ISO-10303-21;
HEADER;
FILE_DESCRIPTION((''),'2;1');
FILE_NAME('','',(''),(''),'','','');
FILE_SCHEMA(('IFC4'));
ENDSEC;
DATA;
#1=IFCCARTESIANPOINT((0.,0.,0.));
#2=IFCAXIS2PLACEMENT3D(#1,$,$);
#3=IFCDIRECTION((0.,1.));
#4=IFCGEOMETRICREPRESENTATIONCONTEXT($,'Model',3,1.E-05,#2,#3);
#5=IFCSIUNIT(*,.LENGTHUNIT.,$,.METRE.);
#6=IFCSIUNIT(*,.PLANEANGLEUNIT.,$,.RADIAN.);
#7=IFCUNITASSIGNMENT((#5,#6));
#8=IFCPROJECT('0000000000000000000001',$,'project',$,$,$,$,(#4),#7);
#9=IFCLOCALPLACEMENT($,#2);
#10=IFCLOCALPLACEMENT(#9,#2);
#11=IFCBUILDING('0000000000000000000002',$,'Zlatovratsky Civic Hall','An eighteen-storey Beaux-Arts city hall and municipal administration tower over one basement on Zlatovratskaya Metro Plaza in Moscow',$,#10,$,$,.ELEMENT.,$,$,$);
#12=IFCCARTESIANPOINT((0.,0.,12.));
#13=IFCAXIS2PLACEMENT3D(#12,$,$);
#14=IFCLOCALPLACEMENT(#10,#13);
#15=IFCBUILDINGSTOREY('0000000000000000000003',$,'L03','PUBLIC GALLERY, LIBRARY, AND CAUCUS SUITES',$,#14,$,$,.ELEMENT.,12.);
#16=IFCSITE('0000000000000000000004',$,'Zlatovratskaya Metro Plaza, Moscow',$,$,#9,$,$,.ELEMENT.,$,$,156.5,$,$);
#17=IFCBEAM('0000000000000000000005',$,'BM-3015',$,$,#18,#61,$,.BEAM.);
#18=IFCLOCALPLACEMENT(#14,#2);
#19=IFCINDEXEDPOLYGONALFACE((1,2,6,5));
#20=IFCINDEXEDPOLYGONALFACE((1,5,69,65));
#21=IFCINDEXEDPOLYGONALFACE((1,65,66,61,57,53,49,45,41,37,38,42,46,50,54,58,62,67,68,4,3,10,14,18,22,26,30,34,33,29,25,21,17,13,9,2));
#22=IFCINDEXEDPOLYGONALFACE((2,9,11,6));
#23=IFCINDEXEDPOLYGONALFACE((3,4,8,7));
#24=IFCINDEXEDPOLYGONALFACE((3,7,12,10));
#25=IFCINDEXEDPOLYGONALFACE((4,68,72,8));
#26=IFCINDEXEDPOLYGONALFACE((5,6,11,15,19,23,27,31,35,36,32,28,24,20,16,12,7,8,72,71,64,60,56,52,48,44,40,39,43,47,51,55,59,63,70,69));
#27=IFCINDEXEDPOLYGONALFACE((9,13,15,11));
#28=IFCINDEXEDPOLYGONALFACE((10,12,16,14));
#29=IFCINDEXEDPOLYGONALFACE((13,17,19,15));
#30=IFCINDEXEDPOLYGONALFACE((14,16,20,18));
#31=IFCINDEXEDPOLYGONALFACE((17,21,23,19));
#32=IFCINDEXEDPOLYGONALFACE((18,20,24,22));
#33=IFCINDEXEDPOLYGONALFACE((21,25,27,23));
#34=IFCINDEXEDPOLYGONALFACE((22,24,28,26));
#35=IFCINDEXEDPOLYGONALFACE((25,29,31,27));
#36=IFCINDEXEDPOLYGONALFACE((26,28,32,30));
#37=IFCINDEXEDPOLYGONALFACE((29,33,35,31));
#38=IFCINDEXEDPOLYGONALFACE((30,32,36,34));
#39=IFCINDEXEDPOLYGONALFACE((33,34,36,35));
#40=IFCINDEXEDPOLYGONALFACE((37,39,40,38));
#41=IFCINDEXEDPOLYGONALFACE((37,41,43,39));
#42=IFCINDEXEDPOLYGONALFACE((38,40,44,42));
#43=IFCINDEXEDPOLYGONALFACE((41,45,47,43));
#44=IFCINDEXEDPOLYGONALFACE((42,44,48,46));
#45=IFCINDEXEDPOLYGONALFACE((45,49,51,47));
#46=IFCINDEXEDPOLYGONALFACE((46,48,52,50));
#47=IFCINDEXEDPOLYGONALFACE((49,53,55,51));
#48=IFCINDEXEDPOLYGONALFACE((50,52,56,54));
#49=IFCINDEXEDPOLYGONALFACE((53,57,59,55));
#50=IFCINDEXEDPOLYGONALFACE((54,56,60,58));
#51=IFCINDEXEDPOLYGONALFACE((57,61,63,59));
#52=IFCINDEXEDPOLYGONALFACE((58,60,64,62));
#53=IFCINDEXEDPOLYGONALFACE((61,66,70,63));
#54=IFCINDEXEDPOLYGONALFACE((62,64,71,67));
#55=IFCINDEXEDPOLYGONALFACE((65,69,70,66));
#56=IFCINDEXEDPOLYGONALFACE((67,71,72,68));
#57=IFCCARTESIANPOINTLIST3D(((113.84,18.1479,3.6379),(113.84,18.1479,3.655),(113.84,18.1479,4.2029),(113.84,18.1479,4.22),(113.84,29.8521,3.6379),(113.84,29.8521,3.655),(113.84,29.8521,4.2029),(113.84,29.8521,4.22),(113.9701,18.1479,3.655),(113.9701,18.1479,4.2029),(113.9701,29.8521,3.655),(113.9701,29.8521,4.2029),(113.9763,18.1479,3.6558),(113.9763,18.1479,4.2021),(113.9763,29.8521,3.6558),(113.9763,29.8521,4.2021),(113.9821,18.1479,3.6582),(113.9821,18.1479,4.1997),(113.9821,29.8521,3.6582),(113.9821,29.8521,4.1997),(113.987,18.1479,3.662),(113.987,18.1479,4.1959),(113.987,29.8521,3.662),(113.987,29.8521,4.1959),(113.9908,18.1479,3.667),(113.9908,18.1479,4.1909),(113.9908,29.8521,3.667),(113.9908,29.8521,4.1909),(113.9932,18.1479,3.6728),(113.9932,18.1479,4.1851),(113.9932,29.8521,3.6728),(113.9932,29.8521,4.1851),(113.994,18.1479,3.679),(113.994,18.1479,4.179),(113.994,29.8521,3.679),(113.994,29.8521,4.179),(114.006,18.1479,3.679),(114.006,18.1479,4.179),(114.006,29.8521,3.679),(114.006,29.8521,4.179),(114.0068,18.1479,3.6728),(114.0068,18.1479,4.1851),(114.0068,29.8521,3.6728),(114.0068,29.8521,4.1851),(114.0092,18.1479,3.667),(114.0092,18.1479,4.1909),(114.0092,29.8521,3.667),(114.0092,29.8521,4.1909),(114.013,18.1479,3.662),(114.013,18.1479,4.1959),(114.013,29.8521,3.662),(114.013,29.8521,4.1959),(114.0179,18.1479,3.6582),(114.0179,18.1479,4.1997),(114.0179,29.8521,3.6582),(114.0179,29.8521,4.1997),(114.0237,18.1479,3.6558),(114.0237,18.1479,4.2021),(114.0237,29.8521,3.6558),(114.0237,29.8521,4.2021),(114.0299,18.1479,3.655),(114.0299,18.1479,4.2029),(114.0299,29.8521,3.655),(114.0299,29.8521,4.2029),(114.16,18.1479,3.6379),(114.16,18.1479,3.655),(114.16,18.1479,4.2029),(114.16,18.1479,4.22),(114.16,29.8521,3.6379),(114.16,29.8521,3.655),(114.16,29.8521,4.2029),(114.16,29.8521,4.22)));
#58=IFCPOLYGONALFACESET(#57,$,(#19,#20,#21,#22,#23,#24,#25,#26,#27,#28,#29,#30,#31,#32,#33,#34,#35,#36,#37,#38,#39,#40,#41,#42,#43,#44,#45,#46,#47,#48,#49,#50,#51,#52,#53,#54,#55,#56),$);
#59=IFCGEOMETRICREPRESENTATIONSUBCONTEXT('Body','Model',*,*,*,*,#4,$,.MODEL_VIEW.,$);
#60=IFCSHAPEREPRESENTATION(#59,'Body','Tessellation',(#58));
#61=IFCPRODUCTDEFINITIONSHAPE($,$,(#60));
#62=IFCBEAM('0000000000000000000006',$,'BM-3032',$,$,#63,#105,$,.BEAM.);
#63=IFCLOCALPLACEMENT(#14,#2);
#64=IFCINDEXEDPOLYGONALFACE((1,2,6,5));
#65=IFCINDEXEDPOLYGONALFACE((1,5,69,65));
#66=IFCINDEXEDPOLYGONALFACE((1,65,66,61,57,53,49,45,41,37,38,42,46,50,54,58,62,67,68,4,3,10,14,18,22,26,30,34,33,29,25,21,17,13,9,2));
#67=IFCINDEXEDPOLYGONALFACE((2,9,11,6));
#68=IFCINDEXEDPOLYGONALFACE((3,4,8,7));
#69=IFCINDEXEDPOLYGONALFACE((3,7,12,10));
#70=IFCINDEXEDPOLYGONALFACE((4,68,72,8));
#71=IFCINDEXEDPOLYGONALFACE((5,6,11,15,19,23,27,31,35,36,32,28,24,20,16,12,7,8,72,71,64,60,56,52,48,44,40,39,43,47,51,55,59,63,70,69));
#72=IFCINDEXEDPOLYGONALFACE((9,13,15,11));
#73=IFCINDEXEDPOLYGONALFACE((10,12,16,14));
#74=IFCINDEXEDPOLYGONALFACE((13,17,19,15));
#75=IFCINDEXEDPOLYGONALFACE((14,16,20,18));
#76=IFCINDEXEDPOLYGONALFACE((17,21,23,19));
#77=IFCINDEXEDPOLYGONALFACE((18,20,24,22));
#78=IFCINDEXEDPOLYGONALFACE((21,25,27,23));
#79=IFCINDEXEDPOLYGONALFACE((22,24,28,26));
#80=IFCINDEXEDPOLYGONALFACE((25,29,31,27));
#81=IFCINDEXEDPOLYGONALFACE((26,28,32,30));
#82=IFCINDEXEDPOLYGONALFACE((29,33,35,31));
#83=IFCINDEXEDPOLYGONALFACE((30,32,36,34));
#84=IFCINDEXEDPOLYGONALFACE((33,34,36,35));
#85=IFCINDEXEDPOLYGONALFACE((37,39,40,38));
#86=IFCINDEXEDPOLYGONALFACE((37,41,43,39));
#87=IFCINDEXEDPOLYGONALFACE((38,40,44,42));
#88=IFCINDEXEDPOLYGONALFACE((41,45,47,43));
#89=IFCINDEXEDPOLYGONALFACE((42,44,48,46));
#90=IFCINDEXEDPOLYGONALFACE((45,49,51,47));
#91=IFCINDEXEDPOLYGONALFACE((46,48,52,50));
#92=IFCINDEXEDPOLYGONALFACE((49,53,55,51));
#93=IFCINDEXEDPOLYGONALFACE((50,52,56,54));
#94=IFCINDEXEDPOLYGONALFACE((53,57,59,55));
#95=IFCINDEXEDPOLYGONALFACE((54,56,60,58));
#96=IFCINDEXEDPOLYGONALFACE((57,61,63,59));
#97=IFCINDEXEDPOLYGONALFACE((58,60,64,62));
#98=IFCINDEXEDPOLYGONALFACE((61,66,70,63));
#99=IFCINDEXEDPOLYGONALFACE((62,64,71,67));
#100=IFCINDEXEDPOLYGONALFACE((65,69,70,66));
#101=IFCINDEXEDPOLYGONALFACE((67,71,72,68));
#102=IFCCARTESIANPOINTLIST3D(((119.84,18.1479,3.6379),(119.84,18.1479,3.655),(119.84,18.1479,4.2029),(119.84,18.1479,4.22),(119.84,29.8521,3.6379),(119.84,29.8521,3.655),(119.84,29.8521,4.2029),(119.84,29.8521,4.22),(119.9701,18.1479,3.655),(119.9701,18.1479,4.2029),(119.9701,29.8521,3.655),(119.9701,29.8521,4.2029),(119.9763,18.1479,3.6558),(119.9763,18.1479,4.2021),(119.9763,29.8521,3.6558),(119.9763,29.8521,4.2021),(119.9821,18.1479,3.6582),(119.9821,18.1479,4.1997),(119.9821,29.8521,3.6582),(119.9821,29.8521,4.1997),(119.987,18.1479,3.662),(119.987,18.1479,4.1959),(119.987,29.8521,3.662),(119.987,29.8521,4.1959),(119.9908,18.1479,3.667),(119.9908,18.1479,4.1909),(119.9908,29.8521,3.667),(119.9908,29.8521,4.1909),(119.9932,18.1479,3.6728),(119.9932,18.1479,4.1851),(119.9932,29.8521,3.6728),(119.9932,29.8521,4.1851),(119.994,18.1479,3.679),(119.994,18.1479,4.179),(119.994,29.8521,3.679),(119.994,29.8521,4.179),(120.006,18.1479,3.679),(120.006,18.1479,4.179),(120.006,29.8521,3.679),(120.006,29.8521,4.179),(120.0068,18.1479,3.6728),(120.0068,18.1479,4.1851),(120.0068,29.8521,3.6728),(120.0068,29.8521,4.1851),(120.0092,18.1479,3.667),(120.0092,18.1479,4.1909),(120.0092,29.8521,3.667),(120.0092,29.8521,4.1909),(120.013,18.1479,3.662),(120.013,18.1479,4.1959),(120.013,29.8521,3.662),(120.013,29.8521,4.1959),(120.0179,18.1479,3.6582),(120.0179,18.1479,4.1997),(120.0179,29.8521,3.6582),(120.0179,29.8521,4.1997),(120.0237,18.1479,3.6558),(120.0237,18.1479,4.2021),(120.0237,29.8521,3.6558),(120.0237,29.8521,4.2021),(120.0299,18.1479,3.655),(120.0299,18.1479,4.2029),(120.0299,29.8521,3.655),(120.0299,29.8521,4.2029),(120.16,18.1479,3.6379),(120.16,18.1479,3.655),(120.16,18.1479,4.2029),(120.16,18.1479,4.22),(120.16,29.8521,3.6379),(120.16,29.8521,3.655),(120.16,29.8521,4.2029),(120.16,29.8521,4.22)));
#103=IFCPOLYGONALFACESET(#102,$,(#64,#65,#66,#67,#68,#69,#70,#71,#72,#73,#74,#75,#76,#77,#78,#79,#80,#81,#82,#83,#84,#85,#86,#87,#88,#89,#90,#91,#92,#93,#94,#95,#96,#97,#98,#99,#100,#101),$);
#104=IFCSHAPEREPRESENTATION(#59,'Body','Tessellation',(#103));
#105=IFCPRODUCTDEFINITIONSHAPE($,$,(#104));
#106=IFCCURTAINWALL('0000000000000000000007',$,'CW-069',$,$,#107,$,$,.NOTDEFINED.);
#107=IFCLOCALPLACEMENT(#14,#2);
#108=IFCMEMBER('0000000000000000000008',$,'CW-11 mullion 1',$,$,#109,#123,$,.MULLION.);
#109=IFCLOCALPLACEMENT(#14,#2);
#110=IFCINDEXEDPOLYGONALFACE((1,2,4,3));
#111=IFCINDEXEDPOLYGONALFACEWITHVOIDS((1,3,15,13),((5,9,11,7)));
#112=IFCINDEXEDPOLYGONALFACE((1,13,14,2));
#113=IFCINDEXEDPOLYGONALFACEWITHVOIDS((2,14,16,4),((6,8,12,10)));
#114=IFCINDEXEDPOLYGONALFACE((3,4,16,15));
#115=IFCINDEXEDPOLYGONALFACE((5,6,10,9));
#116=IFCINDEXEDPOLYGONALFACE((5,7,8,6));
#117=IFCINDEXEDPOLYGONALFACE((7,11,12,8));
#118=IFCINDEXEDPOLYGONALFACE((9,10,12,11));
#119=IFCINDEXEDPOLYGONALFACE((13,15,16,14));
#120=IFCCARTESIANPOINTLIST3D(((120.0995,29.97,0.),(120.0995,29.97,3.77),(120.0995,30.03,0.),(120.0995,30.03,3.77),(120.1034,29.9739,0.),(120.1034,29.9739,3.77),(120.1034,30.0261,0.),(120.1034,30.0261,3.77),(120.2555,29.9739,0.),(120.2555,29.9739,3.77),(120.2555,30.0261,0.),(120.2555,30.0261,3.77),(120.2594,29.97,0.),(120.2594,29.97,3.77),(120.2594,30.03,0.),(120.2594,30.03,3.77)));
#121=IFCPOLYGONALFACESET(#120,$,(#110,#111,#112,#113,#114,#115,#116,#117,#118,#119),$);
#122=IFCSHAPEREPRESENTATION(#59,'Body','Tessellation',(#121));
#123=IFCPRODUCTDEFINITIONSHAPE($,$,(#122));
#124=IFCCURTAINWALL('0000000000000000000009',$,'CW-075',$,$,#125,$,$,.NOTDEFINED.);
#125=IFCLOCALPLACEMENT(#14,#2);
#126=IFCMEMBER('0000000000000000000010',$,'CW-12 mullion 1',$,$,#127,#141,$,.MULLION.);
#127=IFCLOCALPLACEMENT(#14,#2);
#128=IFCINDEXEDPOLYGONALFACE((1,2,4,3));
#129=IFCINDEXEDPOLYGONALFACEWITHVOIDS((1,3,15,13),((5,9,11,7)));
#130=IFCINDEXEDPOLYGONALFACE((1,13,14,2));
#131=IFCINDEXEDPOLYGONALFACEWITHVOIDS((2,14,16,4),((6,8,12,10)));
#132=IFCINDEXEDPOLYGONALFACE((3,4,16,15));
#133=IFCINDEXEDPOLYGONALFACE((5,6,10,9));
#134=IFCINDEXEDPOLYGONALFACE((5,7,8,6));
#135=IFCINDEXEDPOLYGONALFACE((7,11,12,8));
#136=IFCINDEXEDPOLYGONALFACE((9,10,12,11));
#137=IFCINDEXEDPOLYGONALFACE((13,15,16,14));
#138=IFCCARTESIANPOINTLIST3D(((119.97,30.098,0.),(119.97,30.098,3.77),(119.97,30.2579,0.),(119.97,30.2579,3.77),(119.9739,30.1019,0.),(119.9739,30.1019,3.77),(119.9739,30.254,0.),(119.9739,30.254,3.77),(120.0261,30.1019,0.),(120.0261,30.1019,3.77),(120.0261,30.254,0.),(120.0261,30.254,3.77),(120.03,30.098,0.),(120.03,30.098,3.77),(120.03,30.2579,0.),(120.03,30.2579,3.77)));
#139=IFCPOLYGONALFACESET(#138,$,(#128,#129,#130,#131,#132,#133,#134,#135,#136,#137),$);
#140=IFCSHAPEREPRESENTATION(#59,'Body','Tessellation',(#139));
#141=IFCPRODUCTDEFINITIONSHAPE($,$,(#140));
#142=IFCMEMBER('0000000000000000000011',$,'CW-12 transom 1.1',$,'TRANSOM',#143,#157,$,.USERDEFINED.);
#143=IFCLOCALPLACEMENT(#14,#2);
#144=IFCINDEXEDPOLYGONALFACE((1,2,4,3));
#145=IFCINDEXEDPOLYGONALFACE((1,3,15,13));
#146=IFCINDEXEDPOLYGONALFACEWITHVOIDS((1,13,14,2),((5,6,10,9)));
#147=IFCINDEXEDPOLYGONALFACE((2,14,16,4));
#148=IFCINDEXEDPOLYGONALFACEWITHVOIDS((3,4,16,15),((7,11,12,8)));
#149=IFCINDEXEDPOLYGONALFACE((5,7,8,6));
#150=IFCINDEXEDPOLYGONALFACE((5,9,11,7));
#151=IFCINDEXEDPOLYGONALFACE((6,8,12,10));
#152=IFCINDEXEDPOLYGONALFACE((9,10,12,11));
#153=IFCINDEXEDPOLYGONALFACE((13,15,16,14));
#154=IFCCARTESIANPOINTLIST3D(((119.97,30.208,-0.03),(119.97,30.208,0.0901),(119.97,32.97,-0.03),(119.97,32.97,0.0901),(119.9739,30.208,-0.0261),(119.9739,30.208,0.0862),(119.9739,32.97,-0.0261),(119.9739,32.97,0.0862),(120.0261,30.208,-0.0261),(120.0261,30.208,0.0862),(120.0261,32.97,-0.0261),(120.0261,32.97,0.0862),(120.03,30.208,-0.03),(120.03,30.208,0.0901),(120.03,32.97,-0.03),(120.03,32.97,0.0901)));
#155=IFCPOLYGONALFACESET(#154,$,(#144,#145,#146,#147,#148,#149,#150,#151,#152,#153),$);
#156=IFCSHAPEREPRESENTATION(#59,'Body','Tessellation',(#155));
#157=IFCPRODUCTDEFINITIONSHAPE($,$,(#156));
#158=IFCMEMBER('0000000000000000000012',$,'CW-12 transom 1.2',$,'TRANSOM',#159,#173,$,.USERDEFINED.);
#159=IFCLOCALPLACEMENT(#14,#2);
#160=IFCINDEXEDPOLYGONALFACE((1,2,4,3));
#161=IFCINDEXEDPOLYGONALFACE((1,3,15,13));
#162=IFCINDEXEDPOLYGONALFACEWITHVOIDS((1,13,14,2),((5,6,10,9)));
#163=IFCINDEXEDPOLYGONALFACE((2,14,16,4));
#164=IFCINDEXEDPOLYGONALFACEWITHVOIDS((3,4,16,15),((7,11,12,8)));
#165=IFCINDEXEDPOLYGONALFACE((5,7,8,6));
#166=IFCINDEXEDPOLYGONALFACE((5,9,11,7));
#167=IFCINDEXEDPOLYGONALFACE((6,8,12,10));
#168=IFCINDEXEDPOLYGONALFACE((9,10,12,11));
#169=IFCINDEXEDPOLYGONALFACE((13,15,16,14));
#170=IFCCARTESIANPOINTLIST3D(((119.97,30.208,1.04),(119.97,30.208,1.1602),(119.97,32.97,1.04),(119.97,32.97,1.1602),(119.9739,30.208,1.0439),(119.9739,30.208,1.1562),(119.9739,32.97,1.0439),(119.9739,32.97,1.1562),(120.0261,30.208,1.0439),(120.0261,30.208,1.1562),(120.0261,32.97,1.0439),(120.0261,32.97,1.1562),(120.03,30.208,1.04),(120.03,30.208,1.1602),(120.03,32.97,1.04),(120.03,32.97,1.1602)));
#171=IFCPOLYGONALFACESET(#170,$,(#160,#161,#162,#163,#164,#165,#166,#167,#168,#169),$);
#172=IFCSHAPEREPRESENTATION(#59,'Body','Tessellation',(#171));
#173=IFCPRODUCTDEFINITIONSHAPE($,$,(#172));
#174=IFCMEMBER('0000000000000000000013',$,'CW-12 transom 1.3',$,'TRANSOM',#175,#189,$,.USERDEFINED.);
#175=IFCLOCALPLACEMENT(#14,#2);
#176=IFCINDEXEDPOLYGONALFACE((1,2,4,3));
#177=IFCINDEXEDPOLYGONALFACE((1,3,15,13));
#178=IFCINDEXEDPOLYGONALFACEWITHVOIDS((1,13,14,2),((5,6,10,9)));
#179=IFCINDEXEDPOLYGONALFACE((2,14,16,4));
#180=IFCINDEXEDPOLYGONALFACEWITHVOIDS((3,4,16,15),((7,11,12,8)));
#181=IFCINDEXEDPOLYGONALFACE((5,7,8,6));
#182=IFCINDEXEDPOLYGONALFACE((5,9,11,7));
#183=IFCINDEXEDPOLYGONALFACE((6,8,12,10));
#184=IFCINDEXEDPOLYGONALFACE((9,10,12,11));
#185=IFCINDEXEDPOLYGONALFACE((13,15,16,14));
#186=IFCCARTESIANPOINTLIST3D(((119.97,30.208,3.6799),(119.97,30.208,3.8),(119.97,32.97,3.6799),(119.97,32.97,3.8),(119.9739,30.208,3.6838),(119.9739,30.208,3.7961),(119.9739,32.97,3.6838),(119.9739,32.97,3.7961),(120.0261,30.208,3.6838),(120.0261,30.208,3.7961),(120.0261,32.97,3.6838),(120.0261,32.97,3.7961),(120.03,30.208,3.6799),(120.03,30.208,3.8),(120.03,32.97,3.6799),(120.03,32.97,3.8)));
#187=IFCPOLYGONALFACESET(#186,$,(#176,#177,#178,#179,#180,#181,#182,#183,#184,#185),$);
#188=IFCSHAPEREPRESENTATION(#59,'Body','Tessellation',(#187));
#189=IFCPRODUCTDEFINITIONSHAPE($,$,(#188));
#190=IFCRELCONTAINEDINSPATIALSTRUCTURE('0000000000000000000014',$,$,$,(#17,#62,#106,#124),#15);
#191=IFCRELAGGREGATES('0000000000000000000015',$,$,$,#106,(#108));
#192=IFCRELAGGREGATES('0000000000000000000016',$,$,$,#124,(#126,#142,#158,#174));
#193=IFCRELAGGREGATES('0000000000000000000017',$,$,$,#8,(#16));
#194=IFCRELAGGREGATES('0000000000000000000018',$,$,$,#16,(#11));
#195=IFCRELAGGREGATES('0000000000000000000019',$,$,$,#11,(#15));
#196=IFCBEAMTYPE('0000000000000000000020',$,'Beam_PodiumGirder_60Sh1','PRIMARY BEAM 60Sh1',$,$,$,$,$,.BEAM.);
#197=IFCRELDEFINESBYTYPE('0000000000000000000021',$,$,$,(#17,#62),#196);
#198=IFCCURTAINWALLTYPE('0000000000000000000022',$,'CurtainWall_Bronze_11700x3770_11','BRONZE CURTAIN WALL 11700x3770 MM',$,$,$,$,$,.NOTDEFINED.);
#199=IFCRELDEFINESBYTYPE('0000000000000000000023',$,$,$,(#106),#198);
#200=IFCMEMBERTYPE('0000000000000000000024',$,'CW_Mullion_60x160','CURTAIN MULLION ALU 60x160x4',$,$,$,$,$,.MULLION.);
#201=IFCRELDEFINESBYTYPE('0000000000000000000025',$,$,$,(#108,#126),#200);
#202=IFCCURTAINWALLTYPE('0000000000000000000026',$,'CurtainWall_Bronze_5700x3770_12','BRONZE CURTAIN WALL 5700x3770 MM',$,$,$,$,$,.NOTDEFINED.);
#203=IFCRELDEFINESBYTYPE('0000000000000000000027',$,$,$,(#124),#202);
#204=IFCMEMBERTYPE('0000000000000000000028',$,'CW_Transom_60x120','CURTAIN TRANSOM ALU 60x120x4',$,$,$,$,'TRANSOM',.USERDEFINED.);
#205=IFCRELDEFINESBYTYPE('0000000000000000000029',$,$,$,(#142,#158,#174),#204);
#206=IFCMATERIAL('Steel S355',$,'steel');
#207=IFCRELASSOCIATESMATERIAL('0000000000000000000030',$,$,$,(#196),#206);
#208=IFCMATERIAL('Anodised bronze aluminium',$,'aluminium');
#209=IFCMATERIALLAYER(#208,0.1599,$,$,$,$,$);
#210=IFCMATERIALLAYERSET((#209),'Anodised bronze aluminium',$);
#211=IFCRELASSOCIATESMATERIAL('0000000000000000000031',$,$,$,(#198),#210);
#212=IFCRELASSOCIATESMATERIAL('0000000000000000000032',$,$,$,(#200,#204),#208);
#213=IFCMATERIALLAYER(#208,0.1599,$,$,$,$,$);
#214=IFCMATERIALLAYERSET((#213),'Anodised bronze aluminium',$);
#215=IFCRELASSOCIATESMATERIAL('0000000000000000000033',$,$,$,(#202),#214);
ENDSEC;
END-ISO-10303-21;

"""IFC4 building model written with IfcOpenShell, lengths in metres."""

from ifc_helpers import new_model, si_unit, direction, frame, origin, origin_2d, place, context, subcontext, project, spatial, hollow_rectangle, i_section, extrude, material, layer, layer_set, material_profile, profile_set, type_object, element, aggregate, save


model = new_model("IFC4")

# Units and contexts
model_context = context("Model", 3, precision=1e-05, world=origin(), true_north=direction((0.0, 1.0)))
body_context = subcontext(model_context, "Body", "Model", "MODEL_VIEW")
ifc_project = project(units=[si_unit("LENGTHUNIT", "METRE"), si_unit("PLANEANGLEUNIT", "RADIAN")], contexts=[model_context])

# Site, building, storey
site_placement = place(None, origin())
site = spatial("IfcSite", under=ifc_project, at=site_placement, Name="Zlatovratskaya Metro Plaza, Moscow", CompositionType="ELEMENT", RefElevation=156.5)
building_placement = place(site_placement, origin())
building = spatial("IfcBuilding", under=site, at=building_placement, Name="Zlatovratsky Civic Hall", Description="An eighteen-storey Beaux-Arts city hall and municipal administration tower over one basement on Zlatovratskaya Metro Plaza in Moscow", CompositionType="ELEMENT")
storey_placement = place(building_placement, frame((0.0, 0.0, 12.0)))
storey = spatial("IfcBuildingStorey", under=building, at=storey_placement, Name="L03", Description="PUBLIC GALLERY, LIBRARY, AND CAUCUS SUITES", CompositionType="ELEMENT", Elevation=12.0)

# Shared definitions
ifc_material_1 = material(Name="Steel S355", Category="steel")

# Beams
ifc_material_profile_1 = material_profile(ifc_material_1, i_section(OverallWidth=0.3201, OverallDepth=0.582, WebThickness=0.012, FlangeThickness=0.0171, FilletRadius=0.0239, at=origin_2d()), Name="60Sh1")
ifc_profile_set_1 = profile_set([ifc_material_profile_1], Name="Steel S355")
beam_type_1 = type_object("IfcBeamType", Name="Beam_PodiumGirder_60Sh1", Description="PRIMARY BEAM 60Sh1", PredefinedType="BEAM", material=ifc_profile_set_1)
for number, where, z_axis, x_axis, name in (
    (1, (114.0, 18.1479, 3.929), (0.0, 1.0, 0.0), (-1.0, 0.0, 0.0), "BM-3015"),
    (2, (120.0, 18.1479, 3.929), (0.0, 1.0, 0.0), (-1.0, 0.0, 0.0), "BM-3032"),
):
    element("IfcBeam", number, at=place(storey_placement, frame(where, z_axis=z_axis, x_axis=x_axis)), inside=storey, type_object=beam_type_1, Name=name, PredefinedType="BEAM", context=body_context, shape_type="SweptSolid", body=[
        extrude(i_section(OverallWidth=0.3201, OverallDepth=0.582, WebThickness=0.012, FlangeThickness=0.0171, FilletRadius=0.0239, at=origin_2d()), origin(), (0.0, 0.0, 1.0), 11.7041),
    ])

# Curtain wall, member
ifc_material_2 = material(Name="Anodised bronze aluminium", Category="aluminium")
ifc_layer_1 = layer(ifc_material_2, 0.1599)
ifc_layer_set_1 = layer_set([ifc_layer_1], Name="Anodised bronze aluminium")
curtain_wall_type_1 = type_object("IfcCurtainWallType", Name="CurtainWall_Bronze_11700x3770_11", Description="BRONZE CURTAIN WALL 11700x3770 MM", PredefinedType="NOTDEFINED", material=ifc_layer_set_1)
curtain_wall_1_placement = place(storey_placement, origin())
curtain_wall_1 = element("IfcCurtainWall", 3, at=curtain_wall_1_placement, inside=storey, type_object=curtain_wall_type_1, Name="CW-069", PredefinedType="NOTDEFINED")
ifc_material_profile_2 = material_profile(ifc_material_2, hollow_rectangle(XDim=0.0601, YDim=0.1599, WallThickness=0.0039, at=origin_2d()), Name="ALU 60x160x4")
ifc_profile_set_2 = profile_set([ifc_material_profile_2], Name="Anodised bronze aluminium")
member_type_1 = type_object("IfcMemberType", Name="CW_Mullion_60x160", Description="CURTAIN MULLION ALU 60x160x4", PredefinedType="MULLION", material=ifc_profile_set_2)
member_1_placement = place(storey_placement, frame((120.1794, 30.0, 0.0), z_axis=(0.0, 0.0, 1.0), x_axis=(0.0, 1.0, 0.0)))
member_1 = element("IfcMember", 4, at=member_1_placement, type_object=member_type_1, Name="CW-11 mullion 1", PredefinedType="MULLION", context=body_context, shape_type="SweptSolid", body=[
    extrude(hollow_rectangle(XDim=0.0601, YDim=0.1599, WallThickness=0.0039, at=origin_2d()), origin(), (0.0, 0.0, 1.0), 3.77),
])

# Curtain wall, members
ifc_layer_2 = layer(ifc_material_2, 0.1599)
ifc_layer_set_2 = layer_set([ifc_layer_2], Name="Anodised bronze aluminium")
curtain_wall_type_2 = type_object("IfcCurtainWallType", Name="CurtainWall_Bronze_5700x3770_12", Description="BRONZE CURTAIN WALL 5700x3770 MM", PredefinedType="NOTDEFINED", material=ifc_layer_set_2)
curtain_wall_2_placement = place(storey_placement, origin())
curtain_wall_2 = element("IfcCurtainWall", 5, at=curtain_wall_2_placement, inside=storey, type_object=curtain_wall_type_2, Name="CW-075", PredefinedType="NOTDEFINED")
member_2_placement = place(storey_placement, frame((120.0, 30.178, 0.0), z_axis=(0.0, 0.0, 1.0), x_axis=(-1.0, 0.0, 0.0)))
member_2 = element("IfcMember", 6, at=member_2_placement, type_object=member_type_1, Name="CW-12 mullion 1", PredefinedType="MULLION", context=body_context, shape_type="SweptSolid", body=[
    extrude(hollow_rectangle(XDim=0.0601, YDim=0.1599, WallThickness=0.0039, at=origin_2d()), origin(), (0.0, 0.0, 1.0), 3.77),
])
ifc_material_profile_3 = material_profile(ifc_material_2, hollow_rectangle(XDim=0.0601, YDim=0.1201, WallThickness=0.0039, at=origin_2d()), Name="ALU 60x120x4")
ifc_profile_set_3 = profile_set([ifc_material_profile_3], Name="Anodised bronze aluminium")
member_type_2 = type_object("IfcMemberType", Name="CW_Transom_60x120", Description="CURTAIN TRANSOM ALU 60x120x4", ElementType="TRANSOM", PredefinedType="USERDEFINED", material=ifc_profile_set_3)
member_3_placement = place(storey_placement, frame((120.0, 30.208, 0.03), z_axis=(0.0, 1.0, 0.0), x_axis=(-1.0, 0.0, 0.0)))
member_3 = element("IfcMember", 7, at=member_3_placement, type_object=member_type_2, Name="CW-12 transom 1.1", ObjectType="TRANSOM", PredefinedType="USERDEFINED", context=body_context, shape_type="SweptSolid", body=[
    extrude(hollow_rectangle(XDim=0.0601, YDim=0.1201, WallThickness=0.0039, at=origin_2d()), origin(), (0.0, 0.0, 1.0), 2.762),
])
member_4_placement = place(storey_placement, frame((120.0, 30.208, 1.1001), z_axis=(0.0, 1.0, 0.0), x_axis=(-1.0, 0.0, 0.0)))
member_4 = element("IfcMember", 8, at=member_4_placement, type_object=member_type_2, Name="CW-12 transom 1.2", ObjectType="TRANSOM", PredefinedType="USERDEFINED", context=body_context, shape_type="SweptSolid", body=[
    extrude(hollow_rectangle(XDim=0.0601, YDim=0.1201, WallThickness=0.0039, at=origin_2d()), origin(), (0.0, 0.0, 1.0), 2.762),
])
member_5_placement = place(storey_placement, frame((120.0, 30.208, 3.74), z_axis=(0.0, 1.0, 0.0), x_axis=(-1.0, 0.0, 0.0)))
member_5 = element("IfcMember", 9, at=member_5_placement, type_object=member_type_2, Name="CW-12 transom 1.3", ObjectType="TRANSOM", PredefinedType="USERDEFINED", context=body_context, shape_type="SweptSolid", body=[
    extrude(hollow_rectangle(XDim=0.0601, YDim=0.1201, WallThickness=0.0039, at=origin_2d()), origin(), (0.0, 0.0, 1.0), 2.762),
])

aggregate(curtain_wall_1, [member_1])

aggregate(curtain_wall_2, [member_2, member_3, member_4, member_5])

save(model, "model.ifc")
